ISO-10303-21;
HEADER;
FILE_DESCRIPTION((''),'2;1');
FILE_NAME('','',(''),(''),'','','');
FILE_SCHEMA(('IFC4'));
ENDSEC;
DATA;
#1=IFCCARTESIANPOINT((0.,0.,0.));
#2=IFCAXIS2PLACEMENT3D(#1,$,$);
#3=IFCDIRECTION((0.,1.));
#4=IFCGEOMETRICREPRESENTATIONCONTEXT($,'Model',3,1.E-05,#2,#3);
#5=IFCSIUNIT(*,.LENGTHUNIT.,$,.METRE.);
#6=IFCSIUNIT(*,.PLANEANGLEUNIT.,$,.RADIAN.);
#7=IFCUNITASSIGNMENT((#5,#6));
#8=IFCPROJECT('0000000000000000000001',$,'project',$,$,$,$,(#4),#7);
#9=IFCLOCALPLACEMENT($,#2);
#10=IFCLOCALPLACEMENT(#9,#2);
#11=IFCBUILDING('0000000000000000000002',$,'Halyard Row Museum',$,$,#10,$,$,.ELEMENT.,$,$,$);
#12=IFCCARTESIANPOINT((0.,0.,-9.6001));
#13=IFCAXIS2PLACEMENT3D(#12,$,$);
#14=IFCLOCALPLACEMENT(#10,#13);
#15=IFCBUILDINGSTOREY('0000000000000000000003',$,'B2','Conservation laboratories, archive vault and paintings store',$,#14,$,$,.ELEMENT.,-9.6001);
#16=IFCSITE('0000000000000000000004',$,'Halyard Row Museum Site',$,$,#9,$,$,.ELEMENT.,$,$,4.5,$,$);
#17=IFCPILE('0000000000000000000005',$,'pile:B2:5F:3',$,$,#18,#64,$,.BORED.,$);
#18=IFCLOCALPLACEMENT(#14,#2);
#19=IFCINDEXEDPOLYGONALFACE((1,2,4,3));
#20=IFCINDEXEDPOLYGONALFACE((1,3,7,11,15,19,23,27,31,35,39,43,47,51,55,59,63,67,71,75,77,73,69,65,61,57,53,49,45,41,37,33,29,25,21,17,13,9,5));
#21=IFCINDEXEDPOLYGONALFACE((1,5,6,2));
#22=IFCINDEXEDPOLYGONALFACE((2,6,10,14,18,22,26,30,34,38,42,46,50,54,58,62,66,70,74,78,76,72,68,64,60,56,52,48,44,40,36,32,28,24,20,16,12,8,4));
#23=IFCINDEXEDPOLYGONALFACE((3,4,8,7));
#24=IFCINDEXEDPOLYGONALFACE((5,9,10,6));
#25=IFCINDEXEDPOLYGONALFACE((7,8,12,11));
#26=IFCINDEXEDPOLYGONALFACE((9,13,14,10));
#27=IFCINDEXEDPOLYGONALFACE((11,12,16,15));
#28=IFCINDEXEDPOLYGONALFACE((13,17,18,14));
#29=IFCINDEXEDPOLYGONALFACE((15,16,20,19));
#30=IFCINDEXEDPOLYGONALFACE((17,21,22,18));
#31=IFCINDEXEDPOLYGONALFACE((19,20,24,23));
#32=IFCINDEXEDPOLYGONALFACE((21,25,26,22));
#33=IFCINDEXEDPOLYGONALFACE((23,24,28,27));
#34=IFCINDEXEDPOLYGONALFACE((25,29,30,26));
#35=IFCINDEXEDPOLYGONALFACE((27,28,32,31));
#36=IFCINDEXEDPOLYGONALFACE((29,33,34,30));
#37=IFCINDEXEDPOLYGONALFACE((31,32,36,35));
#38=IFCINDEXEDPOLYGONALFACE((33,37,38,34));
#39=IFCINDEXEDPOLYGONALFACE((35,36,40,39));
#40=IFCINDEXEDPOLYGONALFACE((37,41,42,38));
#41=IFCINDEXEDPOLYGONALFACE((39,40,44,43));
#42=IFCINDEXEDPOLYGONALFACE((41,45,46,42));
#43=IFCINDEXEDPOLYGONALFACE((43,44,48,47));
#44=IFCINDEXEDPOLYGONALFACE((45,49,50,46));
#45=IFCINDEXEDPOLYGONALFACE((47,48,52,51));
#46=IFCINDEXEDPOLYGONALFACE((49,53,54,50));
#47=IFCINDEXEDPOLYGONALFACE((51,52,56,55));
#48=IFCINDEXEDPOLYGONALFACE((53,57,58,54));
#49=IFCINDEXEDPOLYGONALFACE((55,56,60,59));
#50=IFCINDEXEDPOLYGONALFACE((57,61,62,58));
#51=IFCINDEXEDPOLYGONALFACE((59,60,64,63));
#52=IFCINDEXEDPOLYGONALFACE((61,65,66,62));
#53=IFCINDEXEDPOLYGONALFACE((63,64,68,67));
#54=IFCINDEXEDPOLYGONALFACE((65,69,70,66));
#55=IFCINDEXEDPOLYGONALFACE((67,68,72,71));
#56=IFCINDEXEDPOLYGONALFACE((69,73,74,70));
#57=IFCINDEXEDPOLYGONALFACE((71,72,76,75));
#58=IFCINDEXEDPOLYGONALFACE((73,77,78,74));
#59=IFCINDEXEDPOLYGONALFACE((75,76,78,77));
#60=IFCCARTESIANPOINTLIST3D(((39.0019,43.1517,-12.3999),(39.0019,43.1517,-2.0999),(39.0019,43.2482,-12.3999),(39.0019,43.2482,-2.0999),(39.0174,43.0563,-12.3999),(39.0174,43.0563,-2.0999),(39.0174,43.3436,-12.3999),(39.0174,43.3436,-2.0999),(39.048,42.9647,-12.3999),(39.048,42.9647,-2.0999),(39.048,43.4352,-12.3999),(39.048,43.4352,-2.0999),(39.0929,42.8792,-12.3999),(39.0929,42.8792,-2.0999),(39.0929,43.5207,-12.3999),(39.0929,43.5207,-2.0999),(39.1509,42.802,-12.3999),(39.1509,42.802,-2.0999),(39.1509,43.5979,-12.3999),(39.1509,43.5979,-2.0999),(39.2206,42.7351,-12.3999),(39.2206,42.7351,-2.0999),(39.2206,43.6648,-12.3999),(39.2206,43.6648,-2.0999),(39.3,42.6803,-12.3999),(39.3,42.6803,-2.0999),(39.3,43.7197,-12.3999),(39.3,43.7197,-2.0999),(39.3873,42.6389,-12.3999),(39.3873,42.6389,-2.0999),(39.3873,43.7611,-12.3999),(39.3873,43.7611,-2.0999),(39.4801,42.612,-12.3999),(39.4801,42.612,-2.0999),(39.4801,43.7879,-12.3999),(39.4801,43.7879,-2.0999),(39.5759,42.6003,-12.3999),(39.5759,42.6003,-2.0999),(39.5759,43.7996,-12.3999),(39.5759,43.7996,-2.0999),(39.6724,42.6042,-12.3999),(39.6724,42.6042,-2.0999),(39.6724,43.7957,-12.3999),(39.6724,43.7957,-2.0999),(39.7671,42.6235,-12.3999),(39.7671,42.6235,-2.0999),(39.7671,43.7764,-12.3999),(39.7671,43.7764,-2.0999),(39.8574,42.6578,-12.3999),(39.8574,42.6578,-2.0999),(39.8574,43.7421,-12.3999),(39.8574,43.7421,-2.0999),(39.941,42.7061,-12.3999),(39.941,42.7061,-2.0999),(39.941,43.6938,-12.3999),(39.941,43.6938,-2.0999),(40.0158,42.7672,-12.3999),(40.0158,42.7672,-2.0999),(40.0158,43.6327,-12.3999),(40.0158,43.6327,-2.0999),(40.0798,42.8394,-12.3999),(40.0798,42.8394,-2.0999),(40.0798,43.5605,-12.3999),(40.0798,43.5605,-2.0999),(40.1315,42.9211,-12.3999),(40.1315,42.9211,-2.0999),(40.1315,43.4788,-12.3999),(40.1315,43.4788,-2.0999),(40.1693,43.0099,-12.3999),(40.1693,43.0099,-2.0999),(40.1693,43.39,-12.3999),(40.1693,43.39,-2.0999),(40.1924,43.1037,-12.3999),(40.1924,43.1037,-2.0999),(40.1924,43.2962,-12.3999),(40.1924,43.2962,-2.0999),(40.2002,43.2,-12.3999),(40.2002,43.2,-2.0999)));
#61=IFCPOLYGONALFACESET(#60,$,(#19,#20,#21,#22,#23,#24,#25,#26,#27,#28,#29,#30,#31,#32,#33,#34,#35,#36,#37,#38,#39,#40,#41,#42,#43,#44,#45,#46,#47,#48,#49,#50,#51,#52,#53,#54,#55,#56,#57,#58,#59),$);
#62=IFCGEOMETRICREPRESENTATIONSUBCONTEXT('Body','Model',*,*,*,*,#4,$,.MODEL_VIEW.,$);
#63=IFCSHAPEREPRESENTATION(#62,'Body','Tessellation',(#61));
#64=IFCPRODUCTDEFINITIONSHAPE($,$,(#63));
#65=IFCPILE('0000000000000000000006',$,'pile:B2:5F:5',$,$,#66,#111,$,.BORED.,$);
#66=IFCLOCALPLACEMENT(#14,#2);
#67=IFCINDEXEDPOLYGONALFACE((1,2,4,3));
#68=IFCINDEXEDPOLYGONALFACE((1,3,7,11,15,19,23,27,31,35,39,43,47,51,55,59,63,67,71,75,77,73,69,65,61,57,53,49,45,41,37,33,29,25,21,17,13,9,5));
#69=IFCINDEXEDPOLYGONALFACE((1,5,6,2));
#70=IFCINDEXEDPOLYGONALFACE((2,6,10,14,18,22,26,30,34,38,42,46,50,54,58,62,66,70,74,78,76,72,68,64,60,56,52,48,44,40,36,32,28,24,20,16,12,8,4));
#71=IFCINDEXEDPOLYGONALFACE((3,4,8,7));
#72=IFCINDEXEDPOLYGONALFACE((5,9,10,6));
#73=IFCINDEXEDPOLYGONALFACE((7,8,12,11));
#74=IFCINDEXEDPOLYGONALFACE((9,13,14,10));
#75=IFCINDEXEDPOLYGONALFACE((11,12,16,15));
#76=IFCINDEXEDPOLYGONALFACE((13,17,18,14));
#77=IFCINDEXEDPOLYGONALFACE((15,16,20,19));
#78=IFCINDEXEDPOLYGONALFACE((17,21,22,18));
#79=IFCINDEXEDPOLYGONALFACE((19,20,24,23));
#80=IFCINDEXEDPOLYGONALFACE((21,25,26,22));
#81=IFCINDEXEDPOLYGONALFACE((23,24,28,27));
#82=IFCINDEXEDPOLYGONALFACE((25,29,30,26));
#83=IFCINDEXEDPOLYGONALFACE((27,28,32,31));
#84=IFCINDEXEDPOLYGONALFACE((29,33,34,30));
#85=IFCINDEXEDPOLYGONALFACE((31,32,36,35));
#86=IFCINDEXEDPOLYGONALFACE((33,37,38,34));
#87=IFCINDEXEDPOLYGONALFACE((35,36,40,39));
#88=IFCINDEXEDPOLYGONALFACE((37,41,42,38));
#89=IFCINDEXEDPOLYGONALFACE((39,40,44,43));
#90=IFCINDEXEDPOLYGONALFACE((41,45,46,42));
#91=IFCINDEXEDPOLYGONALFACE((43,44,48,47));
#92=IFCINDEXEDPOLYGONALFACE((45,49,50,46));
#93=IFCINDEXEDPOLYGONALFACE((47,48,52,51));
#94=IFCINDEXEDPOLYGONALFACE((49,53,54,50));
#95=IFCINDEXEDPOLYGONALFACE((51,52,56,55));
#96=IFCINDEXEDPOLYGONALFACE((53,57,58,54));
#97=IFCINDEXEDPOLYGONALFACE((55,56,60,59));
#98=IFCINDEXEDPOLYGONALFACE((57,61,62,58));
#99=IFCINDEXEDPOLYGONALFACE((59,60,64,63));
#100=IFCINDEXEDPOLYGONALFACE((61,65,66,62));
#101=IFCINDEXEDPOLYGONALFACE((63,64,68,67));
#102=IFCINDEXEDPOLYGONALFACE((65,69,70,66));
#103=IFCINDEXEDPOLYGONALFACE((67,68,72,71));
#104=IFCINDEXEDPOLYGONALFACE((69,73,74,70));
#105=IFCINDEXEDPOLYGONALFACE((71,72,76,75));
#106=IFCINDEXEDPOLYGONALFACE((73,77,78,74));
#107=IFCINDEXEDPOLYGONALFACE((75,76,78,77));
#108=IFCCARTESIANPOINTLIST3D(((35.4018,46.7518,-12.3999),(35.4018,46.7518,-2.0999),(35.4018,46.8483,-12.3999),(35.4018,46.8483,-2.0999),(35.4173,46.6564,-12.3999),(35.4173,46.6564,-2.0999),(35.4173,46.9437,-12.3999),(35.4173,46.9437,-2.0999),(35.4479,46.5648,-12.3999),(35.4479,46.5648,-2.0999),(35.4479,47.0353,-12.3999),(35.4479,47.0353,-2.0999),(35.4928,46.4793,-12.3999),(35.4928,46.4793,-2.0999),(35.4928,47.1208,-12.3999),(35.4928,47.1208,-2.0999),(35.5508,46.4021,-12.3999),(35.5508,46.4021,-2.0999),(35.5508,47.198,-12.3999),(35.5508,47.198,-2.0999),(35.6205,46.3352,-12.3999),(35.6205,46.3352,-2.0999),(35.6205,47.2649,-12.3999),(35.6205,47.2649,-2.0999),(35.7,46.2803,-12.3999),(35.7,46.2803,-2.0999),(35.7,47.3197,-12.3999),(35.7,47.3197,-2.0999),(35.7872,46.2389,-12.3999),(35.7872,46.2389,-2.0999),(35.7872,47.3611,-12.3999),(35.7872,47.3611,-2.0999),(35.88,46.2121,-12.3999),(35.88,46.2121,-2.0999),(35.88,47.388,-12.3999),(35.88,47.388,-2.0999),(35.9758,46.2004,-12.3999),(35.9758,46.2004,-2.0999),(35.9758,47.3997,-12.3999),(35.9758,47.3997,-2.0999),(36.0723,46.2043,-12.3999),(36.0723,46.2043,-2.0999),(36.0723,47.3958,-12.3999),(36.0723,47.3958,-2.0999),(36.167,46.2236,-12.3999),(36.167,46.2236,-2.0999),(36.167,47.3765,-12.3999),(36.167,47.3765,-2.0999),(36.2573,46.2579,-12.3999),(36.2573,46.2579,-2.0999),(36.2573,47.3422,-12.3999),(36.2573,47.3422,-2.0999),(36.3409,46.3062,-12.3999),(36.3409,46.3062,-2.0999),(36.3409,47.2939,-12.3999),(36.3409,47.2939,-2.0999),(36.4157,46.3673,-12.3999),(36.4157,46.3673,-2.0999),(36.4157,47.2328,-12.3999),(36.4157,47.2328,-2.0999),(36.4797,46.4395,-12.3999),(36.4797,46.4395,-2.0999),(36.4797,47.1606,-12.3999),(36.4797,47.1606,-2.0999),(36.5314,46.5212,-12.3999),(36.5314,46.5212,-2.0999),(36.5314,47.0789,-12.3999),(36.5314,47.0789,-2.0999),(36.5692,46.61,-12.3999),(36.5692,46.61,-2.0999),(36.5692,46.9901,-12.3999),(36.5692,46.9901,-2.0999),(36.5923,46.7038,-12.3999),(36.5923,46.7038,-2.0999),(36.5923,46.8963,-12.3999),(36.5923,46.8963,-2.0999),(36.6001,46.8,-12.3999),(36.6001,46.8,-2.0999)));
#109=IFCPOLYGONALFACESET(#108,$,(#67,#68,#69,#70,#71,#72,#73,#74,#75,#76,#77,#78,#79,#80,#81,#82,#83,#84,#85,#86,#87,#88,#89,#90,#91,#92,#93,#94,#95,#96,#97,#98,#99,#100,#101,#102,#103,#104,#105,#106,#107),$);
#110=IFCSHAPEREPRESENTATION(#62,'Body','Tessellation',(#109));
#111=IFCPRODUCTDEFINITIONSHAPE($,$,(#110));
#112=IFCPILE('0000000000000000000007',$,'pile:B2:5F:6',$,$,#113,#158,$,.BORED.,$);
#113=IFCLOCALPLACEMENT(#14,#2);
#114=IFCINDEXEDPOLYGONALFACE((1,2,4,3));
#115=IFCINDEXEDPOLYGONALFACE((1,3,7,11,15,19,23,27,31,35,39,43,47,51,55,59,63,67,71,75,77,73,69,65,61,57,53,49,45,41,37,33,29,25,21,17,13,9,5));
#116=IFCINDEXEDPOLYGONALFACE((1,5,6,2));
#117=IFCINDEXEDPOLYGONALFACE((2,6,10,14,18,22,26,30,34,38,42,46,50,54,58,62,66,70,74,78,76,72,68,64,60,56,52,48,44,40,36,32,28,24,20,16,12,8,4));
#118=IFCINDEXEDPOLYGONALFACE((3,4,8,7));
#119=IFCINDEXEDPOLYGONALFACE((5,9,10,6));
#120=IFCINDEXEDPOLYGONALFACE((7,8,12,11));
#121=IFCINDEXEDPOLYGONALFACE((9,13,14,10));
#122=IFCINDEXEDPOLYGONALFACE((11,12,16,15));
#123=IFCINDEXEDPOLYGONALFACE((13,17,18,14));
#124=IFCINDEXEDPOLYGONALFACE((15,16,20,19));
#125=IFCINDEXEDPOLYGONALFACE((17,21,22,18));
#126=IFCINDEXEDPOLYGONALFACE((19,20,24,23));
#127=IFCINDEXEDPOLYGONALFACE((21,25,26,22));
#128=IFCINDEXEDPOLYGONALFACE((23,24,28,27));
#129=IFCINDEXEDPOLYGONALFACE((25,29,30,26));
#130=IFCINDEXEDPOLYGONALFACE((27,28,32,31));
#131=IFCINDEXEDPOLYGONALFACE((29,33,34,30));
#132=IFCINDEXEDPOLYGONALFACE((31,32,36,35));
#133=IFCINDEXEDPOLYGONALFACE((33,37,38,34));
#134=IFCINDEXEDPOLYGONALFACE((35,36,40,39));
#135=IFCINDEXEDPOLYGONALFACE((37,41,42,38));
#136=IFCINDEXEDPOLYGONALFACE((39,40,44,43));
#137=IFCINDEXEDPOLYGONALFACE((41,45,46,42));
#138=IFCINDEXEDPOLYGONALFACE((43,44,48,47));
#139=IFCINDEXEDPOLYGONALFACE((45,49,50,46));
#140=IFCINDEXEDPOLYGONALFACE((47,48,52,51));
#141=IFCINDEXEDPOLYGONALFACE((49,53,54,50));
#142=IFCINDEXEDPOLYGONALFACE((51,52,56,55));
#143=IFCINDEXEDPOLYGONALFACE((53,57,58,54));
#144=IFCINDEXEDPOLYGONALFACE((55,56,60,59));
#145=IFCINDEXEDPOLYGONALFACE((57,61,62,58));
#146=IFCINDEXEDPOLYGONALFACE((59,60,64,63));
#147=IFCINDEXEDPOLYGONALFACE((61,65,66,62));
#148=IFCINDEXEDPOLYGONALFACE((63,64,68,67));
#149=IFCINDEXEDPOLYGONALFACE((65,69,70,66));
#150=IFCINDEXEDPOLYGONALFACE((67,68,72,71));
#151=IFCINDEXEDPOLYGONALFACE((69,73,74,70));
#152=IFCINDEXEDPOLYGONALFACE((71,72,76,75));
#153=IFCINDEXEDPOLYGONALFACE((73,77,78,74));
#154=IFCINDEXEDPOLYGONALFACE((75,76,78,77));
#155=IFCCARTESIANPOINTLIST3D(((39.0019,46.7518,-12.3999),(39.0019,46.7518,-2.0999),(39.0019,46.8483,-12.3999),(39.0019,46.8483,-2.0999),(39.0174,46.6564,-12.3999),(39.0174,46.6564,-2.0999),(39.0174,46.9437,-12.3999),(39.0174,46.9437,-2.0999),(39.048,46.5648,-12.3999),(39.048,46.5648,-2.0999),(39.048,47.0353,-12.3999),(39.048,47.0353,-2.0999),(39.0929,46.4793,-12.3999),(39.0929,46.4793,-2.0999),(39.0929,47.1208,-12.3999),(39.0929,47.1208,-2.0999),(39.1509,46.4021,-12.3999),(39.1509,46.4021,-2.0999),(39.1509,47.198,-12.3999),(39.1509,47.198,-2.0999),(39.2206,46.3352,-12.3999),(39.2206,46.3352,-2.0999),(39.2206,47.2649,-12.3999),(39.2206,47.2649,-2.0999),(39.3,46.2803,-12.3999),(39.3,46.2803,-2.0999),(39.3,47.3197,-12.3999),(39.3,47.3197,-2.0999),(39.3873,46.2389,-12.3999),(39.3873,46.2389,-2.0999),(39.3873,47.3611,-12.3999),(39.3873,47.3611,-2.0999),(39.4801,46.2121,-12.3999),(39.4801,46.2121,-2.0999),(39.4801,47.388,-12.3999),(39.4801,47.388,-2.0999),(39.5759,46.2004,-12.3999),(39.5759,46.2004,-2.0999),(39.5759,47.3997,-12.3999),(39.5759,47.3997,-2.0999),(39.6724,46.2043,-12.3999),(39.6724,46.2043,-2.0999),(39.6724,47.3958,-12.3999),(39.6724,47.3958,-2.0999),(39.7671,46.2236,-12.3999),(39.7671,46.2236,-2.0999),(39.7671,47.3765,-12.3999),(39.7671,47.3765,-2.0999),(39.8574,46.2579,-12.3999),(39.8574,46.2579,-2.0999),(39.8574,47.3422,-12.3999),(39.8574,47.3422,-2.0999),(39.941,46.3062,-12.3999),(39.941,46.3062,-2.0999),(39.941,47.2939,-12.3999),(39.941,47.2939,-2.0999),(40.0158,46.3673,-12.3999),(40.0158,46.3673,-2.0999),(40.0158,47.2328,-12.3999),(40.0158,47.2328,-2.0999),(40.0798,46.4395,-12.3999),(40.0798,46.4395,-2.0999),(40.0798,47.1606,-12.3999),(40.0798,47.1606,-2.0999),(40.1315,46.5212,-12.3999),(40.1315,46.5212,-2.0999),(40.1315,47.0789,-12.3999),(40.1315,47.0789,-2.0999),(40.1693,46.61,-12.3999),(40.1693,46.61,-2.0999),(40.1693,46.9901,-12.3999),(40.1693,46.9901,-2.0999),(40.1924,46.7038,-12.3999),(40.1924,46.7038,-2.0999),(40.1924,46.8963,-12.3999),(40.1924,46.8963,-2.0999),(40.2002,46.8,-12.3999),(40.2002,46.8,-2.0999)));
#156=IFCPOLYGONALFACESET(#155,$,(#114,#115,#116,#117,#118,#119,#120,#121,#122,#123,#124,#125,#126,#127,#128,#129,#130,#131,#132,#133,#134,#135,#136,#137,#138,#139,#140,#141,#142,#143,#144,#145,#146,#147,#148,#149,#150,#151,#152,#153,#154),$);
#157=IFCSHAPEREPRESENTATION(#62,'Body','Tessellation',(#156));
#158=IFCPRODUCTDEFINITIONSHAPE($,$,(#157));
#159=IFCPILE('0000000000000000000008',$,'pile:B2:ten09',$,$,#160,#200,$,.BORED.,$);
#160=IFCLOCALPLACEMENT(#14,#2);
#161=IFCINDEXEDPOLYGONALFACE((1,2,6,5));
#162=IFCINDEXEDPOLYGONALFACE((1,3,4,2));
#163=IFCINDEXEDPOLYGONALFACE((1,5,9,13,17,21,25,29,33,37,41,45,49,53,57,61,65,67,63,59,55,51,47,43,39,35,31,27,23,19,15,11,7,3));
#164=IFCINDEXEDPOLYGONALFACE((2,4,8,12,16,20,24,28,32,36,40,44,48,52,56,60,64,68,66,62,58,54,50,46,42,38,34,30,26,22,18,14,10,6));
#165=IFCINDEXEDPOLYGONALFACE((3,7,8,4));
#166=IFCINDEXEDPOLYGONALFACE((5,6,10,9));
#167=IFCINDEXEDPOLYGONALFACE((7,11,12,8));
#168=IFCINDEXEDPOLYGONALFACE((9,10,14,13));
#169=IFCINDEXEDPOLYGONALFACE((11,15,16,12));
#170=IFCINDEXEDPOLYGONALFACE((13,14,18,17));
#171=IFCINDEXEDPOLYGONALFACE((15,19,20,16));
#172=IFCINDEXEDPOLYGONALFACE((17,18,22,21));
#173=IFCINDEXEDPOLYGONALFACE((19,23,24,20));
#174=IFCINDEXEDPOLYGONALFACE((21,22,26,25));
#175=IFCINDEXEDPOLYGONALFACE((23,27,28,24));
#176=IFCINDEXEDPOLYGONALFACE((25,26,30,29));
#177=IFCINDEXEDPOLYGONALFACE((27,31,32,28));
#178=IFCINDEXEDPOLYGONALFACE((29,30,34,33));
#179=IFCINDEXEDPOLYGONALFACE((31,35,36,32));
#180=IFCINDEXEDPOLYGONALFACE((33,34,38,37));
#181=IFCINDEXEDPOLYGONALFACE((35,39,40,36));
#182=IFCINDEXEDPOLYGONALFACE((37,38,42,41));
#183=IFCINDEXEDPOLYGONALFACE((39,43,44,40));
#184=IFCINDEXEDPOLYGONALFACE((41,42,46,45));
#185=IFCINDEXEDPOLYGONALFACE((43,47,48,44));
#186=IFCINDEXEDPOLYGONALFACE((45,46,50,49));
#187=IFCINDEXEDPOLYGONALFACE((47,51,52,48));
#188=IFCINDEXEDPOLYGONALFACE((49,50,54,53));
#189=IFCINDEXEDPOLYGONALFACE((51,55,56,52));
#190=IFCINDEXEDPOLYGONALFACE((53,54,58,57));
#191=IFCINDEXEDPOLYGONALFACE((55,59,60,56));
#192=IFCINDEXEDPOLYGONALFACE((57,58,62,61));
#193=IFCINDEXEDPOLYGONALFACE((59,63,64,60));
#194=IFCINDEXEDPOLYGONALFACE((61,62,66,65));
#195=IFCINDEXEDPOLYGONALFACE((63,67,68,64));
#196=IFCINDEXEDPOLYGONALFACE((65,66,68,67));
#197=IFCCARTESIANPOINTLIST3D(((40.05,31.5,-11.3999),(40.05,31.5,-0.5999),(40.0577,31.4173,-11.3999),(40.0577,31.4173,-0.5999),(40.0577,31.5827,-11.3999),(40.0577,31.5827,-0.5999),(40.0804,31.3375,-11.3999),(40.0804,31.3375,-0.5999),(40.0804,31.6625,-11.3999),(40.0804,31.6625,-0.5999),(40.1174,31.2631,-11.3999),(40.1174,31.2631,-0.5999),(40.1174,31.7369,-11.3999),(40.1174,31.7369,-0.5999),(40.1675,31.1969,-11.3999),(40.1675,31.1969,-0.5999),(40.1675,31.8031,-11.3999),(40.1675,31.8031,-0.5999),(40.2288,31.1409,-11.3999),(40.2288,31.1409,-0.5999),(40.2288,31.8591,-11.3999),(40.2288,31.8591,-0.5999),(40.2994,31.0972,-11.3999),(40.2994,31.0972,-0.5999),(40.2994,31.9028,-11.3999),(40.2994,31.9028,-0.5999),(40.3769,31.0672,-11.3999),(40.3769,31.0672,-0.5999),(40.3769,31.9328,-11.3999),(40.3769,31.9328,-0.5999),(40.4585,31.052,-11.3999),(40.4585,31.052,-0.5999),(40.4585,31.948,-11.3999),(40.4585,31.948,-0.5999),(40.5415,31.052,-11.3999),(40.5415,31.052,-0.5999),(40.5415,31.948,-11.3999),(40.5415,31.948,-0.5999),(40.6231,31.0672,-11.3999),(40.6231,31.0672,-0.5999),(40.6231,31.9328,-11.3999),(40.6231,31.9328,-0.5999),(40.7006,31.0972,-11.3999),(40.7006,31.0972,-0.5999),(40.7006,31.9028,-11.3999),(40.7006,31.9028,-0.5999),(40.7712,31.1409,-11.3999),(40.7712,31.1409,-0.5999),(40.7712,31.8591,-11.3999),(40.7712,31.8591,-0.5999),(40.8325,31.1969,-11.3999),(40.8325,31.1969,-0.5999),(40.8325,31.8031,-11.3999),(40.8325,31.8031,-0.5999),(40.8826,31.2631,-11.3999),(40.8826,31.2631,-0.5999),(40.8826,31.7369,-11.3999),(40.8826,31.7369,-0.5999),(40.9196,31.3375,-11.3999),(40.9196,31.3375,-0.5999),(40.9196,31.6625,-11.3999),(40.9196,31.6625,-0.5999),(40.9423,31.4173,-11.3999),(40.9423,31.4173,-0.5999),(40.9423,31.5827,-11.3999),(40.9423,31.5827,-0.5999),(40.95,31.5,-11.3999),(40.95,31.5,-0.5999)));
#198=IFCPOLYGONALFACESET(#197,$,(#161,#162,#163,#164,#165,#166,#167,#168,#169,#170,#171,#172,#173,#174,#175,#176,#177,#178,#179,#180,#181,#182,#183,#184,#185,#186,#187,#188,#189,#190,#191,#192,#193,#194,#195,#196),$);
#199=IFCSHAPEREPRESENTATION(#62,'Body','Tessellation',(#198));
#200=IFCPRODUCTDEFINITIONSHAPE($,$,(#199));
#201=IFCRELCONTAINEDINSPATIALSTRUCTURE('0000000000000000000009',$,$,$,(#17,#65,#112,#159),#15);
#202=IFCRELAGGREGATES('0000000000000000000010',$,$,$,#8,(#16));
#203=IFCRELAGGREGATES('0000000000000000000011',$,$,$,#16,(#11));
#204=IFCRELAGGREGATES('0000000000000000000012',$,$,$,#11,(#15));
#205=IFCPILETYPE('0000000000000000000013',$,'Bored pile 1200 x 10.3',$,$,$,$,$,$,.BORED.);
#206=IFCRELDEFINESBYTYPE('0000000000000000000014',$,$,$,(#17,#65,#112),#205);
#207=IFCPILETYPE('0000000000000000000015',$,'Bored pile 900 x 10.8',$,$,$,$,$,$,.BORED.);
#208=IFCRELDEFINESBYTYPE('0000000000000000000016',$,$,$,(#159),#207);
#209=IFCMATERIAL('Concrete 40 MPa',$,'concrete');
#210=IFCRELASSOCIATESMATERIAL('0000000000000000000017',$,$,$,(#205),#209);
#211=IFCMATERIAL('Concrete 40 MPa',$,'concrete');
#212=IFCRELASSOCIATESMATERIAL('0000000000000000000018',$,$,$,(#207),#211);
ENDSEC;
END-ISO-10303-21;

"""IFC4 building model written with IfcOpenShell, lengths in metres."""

from ifc_helpers import new_model, si_unit, direction, frame, origin, origin_2d, place, context, subcontext, project, spatial, circle, extrude, material, material_profile, profile_set, type_object, element, save


model = new_model("IFC4")

# Units and contexts
model_context = context("Model", 3, precision=1e-05, world=origin(), true_north=direction((0.0, 1.0)))
body_context = subcontext(model_context, "Body", "Model", "MODEL_VIEW")
ifc_project = project(units=[si_unit("LENGTHUNIT", "METRE"), si_unit("PLANEANGLEUNIT", "RADIAN")], contexts=[model_context])

# Site, building, storey
site_placement = place(None, origin())
site = spatial("IfcSite", under=ifc_project, at=site_placement, Name="Halyard Row Museum Site", CompositionType="ELEMENT", RefElevation=4.5)
building_placement = place(site_placement, origin())
building = spatial("IfcBuilding", under=site, at=building_placement, Name="Halyard Row Museum", CompositionType="ELEMENT")
storey_placement = place(building_placement, frame((0.0, 0.0, -9.6001)))
storey = spatial("IfcBuildingStorey", under=building, at=storey_placement, Name="B2", Description="Conservation laboratories, archive vault and paintings store", CompositionType="ELEMENT", Elevation=-9.6001)

# Piles
ifc_material_1 = material(Name="Concrete 40 MPa", Category="concrete")
ifc_material_profile_1 = material_profile(ifc_material_1, circle(Radius=0.6001, at=origin_2d()), Name="Bored pile 1200 x 10.3")
ifc_profile_set_1 = profile_set([ifc_material_profile_1], Name="Concrete 40 MPa")
pile_type_1 = type_object("IfcPileType", Name="Bored pile 1200 x 10.3", PredefinedType="BORED", material=ifc_profile_set_1)
for number, where, z_axis, x_axis, name in (
    (1, (39.6001, 43.2, -2.0999), (0.0, 0.0, -1.0), (1.0, 0.0, 0.0), "pile:B2:5F:3"),
    (2, (36.0, 46.8, -2.0999), (0.0, 0.0, -1.0), (1.0, 0.0, 0.0), "pile:B2:5F:5"),
    (3, (39.6001, 46.8, -2.0999), (0.0, 0.0, -1.0), (1.0, 0.0, 0.0), "pile:B2:5F:6"),
):
    element("IfcPile", number, at=place(storey_placement, frame(where, z_axis=z_axis, x_axis=x_axis)), inside=storey, type_object=pile_type_1, Name=name, PredefinedType="BORED", context=body_context, shape_type="SweptSolid", body=[
        extrude(circle(Radius=0.6001, at=origin_2d()), origin(), (0.0, 0.0, 1.0), 10.3),
    ])
ifc_material_2 = material(Name="Concrete 40 MPa", Category="concrete")
ifc_material_profile_2 = material_profile(ifc_material_2, circle(Radius=0.45, at=origin_2d()), Name="Bored pile 900 x 10.8")
ifc_profile_set_2 = profile_set([ifc_material_profile_2], Name="Concrete 40 MPa")
pile_type_2 = type_object("IfcPileType", Name="Bored pile 900 x 10.8", PredefinedType="BORED", material=ifc_profile_set_2)
for number, where, z_axis, x_axis, name in (
    (4, (40.5, 31.5, -0.5999), (0.0, 0.0, -1.0), (1.0, 0.0, 0.0), "pile:B2:ten09"),
):
    element("IfcPile", number, at=place(storey_placement, frame(where, z_axis=z_axis, x_axis=x_axis)), inside=storey, type_object=pile_type_2, Name=name, PredefinedType="BORED", context=body_context, shape_type="SweptSolid", body=[
        extrude(circle(Radius=0.45, at=origin_2d()), origin(), (0.0, 0.0, 1.0), 10.8),
    ])

save(model, "model.ifc")
